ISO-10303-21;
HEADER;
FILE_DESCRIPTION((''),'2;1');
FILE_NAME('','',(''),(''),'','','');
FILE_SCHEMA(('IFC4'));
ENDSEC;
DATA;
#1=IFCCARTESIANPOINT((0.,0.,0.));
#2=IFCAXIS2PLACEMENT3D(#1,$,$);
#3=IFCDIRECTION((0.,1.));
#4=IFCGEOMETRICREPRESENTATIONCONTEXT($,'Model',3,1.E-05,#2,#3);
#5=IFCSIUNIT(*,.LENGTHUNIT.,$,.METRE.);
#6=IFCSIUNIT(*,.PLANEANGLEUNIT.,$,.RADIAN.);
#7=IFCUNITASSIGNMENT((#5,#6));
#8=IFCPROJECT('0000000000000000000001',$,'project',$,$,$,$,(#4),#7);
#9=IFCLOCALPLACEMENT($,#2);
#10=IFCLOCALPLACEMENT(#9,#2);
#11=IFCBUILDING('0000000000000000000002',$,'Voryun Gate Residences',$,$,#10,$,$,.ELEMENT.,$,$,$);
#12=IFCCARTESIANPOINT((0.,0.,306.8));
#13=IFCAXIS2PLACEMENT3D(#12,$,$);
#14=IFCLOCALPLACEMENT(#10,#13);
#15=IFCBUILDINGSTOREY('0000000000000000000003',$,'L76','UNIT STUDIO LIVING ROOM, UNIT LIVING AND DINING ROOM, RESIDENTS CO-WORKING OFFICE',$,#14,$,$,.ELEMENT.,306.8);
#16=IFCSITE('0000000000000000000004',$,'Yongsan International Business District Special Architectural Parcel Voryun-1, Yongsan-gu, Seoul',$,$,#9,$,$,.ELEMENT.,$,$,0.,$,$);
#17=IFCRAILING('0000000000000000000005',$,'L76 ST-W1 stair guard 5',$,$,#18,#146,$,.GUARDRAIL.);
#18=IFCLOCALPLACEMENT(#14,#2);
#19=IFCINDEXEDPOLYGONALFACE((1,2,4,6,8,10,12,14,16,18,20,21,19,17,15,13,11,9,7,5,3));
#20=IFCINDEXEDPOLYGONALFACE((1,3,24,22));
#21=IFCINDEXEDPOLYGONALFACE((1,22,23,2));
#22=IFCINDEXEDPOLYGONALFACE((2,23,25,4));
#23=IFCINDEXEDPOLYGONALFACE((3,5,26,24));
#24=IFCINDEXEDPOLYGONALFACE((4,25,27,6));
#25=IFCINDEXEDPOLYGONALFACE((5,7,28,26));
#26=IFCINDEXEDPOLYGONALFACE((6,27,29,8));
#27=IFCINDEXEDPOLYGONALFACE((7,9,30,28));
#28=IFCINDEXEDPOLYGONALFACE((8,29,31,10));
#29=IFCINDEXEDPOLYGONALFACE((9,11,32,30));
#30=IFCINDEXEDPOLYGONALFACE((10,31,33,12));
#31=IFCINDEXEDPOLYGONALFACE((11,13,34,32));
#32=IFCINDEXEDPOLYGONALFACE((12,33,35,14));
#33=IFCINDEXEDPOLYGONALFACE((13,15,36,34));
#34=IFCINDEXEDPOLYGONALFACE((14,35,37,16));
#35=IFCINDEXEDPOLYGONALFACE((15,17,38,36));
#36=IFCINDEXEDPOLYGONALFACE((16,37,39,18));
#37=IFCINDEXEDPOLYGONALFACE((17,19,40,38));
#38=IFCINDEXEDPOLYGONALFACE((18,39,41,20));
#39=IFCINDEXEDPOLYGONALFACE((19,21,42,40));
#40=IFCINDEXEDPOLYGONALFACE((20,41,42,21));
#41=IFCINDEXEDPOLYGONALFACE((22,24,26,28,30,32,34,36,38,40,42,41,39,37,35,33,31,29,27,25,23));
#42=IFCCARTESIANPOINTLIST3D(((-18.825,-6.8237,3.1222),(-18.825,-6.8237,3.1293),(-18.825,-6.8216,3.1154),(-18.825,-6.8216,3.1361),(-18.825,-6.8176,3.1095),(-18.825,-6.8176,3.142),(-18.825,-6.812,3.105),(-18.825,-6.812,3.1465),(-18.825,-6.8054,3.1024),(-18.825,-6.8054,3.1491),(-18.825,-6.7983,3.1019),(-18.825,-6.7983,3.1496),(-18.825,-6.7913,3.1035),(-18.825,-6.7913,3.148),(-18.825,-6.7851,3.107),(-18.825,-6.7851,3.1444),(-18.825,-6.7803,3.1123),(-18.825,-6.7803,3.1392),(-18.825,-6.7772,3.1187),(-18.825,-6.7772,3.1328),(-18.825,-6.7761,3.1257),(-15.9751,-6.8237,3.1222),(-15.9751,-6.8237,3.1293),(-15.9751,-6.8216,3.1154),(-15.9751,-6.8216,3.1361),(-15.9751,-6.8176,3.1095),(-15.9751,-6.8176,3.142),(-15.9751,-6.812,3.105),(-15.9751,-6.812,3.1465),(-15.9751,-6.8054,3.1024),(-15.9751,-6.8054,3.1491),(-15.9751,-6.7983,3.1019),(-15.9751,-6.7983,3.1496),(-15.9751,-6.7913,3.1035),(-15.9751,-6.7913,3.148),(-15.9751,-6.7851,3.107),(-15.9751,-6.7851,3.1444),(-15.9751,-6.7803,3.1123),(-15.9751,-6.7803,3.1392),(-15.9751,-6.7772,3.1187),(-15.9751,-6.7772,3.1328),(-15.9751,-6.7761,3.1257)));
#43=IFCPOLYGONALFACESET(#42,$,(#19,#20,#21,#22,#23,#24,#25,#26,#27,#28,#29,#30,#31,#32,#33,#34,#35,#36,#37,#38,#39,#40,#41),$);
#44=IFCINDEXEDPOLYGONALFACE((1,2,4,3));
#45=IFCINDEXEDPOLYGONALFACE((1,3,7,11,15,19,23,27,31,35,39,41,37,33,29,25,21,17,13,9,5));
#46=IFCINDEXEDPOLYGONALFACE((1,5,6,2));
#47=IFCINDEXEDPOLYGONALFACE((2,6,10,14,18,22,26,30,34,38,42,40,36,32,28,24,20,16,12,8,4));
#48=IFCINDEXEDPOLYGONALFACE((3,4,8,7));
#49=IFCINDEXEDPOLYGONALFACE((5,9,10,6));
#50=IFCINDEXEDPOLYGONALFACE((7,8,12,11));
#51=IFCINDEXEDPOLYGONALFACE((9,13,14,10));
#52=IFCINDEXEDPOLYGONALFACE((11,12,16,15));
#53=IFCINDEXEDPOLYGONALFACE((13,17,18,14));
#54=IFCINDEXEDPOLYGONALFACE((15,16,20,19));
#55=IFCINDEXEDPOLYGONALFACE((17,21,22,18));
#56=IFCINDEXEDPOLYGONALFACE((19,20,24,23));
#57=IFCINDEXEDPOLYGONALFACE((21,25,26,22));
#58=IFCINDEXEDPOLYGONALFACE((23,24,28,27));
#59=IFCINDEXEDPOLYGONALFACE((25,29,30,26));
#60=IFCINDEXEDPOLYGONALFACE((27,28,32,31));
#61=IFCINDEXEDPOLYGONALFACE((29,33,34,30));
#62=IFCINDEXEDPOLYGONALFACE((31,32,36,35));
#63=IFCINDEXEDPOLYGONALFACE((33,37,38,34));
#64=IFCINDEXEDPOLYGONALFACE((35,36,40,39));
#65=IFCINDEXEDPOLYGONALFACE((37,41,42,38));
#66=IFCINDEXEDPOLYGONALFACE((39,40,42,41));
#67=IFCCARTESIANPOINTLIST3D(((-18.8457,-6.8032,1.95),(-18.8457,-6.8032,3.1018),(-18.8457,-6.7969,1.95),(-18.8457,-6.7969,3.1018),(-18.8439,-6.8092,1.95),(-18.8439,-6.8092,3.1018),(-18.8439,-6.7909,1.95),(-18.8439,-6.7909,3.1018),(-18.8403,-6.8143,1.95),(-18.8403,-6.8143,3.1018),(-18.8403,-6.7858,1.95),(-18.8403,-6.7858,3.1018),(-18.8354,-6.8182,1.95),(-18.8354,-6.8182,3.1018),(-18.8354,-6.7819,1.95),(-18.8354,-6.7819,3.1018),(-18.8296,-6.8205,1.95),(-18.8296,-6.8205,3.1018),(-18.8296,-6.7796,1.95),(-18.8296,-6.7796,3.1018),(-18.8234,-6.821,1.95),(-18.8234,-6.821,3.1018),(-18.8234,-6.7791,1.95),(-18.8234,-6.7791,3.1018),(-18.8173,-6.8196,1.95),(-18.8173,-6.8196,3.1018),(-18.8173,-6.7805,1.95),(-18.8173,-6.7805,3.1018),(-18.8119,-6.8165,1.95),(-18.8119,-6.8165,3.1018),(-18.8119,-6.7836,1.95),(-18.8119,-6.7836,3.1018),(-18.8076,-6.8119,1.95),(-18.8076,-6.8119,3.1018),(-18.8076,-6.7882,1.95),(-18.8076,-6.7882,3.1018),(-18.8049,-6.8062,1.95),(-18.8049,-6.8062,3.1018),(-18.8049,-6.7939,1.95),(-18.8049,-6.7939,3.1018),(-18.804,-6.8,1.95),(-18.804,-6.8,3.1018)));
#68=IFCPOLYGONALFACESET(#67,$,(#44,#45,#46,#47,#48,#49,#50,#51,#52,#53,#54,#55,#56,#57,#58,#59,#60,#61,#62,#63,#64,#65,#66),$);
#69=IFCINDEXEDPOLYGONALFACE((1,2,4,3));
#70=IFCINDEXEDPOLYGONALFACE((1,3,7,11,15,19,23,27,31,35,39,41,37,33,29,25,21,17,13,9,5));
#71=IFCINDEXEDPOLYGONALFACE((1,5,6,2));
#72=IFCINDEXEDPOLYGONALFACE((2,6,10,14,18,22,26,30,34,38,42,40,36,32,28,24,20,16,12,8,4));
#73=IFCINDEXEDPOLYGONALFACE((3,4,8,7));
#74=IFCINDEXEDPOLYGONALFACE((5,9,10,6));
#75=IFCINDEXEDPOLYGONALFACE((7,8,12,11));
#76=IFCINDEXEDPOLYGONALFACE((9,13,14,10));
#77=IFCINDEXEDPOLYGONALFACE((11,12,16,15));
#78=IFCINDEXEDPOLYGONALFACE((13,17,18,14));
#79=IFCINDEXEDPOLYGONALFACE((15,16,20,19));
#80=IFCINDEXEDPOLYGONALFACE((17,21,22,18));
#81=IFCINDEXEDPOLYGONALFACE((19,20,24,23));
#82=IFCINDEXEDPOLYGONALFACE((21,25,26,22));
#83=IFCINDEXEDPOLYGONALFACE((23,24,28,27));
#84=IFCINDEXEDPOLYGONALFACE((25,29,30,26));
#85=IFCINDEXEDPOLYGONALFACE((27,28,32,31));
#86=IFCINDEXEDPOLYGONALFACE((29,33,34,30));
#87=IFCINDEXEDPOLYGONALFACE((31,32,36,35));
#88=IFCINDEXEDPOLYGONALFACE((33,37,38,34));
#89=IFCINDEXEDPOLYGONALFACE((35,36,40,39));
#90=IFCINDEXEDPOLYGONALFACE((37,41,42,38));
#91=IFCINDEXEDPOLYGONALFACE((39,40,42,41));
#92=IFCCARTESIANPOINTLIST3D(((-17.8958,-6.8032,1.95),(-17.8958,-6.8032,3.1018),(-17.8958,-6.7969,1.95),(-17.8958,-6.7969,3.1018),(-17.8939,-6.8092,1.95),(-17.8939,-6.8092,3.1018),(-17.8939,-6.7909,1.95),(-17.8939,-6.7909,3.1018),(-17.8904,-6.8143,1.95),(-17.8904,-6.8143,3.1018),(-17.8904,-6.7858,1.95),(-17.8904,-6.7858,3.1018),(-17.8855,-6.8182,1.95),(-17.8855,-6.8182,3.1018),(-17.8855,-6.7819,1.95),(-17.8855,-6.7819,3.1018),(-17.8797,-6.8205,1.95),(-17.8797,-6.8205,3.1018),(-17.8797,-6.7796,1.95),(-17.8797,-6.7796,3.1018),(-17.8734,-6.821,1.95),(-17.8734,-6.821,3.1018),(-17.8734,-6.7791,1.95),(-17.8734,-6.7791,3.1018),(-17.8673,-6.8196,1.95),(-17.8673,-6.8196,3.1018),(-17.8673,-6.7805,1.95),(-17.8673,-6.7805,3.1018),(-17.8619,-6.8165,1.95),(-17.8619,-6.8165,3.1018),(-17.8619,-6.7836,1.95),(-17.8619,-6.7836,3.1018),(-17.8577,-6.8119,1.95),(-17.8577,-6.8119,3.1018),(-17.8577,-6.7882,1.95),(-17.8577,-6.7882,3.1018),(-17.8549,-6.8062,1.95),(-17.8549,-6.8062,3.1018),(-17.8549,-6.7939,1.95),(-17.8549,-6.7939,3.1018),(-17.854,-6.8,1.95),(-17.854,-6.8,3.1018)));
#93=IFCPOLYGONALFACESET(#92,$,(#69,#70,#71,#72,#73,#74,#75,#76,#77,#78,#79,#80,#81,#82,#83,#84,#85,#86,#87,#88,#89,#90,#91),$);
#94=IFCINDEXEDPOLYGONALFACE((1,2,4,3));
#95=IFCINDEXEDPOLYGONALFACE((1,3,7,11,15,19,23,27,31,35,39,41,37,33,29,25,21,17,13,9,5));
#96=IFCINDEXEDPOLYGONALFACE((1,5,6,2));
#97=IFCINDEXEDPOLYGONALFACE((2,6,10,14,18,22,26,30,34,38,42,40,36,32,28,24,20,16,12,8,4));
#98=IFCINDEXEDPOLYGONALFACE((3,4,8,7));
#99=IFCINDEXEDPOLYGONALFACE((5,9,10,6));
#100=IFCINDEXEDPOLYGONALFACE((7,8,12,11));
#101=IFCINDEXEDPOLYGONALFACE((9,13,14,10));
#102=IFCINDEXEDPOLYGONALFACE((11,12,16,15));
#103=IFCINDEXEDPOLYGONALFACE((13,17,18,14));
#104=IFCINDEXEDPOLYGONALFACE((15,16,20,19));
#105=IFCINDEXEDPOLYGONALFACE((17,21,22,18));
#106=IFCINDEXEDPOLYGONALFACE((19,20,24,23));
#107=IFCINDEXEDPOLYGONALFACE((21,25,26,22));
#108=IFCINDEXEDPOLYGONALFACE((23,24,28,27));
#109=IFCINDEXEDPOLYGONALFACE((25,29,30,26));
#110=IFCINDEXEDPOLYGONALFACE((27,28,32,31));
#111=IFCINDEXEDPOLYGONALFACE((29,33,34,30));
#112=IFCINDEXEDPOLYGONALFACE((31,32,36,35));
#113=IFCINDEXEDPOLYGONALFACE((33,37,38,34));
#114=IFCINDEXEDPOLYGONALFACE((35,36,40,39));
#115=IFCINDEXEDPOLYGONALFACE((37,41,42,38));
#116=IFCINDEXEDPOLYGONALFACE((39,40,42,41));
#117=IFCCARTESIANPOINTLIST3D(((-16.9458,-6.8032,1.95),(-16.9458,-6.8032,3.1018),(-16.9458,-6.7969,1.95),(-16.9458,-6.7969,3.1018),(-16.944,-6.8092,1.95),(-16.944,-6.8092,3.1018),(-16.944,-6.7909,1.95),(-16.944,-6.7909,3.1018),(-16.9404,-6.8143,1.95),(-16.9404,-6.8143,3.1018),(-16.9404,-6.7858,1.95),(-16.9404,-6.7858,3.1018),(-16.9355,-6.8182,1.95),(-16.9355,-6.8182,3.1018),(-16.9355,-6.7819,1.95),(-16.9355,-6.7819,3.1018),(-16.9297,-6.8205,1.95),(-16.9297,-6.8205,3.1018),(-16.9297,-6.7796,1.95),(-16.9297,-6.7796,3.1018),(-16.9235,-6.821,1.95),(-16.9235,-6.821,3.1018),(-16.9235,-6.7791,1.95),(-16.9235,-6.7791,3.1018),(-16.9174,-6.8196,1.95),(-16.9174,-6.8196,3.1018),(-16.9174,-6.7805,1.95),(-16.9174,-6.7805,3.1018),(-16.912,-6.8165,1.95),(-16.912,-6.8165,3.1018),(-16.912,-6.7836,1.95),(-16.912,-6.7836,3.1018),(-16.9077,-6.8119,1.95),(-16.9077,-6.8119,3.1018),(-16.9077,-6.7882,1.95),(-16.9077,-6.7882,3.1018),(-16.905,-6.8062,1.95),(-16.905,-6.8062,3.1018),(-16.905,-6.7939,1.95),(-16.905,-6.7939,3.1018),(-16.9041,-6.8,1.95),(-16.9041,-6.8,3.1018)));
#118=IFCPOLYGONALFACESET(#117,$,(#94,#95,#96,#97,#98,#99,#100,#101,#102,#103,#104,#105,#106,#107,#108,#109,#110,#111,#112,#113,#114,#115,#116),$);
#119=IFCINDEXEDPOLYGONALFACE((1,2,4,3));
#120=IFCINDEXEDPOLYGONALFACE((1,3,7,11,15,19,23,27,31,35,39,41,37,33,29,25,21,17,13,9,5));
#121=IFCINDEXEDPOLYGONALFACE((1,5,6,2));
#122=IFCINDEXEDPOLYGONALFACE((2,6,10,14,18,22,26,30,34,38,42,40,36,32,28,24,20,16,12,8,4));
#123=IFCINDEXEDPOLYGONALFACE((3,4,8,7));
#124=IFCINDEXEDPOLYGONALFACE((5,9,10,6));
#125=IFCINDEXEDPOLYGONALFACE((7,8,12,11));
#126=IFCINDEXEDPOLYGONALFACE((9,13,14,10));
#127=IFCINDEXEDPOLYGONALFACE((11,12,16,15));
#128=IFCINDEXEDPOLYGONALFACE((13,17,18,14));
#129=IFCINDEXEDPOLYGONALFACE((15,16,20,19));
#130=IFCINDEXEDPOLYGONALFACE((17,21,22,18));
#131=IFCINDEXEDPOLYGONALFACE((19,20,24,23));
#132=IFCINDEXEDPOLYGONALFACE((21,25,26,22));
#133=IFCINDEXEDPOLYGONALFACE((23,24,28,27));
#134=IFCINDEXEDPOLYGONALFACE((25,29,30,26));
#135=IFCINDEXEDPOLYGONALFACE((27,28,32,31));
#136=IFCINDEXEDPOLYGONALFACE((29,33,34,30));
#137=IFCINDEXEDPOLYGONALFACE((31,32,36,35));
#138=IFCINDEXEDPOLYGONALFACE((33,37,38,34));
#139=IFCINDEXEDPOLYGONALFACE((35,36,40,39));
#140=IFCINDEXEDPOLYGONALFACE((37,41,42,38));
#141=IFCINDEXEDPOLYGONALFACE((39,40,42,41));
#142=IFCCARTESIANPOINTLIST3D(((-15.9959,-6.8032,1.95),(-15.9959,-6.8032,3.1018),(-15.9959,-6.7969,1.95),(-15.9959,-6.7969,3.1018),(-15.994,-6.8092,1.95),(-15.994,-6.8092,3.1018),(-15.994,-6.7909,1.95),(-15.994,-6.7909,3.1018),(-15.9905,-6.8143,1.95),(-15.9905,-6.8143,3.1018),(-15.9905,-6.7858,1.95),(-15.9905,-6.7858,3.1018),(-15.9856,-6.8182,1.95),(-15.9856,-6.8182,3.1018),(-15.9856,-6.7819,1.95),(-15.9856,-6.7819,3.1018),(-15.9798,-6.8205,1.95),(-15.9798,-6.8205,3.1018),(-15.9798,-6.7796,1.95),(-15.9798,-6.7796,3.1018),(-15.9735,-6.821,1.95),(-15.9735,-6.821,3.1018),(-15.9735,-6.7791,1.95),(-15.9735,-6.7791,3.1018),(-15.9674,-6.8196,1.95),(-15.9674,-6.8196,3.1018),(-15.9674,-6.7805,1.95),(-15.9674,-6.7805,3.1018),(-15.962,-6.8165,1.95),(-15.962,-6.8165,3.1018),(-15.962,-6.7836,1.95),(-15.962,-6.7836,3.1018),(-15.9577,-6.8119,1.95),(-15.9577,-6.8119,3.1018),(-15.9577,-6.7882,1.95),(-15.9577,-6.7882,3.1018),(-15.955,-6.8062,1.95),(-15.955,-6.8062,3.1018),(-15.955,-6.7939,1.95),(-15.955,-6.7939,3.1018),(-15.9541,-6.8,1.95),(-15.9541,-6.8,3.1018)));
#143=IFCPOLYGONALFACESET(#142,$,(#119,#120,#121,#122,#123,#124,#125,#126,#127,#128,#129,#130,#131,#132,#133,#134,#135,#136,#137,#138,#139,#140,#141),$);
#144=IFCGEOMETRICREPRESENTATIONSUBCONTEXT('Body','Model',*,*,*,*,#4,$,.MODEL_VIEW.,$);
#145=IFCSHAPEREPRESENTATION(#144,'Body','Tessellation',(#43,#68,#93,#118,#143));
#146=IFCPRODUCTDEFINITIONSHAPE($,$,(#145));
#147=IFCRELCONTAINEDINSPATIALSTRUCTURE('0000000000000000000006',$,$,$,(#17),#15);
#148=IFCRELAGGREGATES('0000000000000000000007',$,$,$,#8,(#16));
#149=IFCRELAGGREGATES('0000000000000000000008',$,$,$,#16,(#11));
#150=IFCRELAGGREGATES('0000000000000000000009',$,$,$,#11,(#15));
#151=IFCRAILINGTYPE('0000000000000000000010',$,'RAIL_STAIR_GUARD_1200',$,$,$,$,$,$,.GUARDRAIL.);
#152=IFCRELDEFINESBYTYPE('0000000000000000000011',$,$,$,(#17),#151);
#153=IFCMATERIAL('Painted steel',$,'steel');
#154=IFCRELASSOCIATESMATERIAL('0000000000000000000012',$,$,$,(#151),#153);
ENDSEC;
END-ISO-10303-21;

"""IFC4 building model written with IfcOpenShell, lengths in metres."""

from ifc_helpers import new_model, si_unit, direction, frame, origin, origin_2d, place, context, subcontext, project, spatial, circle, extrude, material, type_object, element, save


model = new_model("IFC4")

# Units and contexts
model_context = context("Model", 3, precision=1e-05, world=origin(), true_north=direction((0.0, 1.0)))
body_context = subcontext(model_context, "Body", "Model", "MODEL_VIEW")
ifc_project = project(units=[si_unit("LENGTHUNIT", "METRE"), si_unit("PLANEANGLEUNIT", "RADIAN")], contexts=[model_context])

# Site, building, storey
site_placement = place(None, origin())
site = spatial("IfcSite", under=ifc_project, at=site_placement, Name="Yongsan International Business District Special Architectural Parcel Voryun-1, Yongsan-gu, Seoul", CompositionType="ELEMENT", RefElevation=0.0)
building_placement = place(site_placement, origin())
building = spatial("IfcBuilding", under=site, at=building_placement, Name="Voryun Gate Residences", CompositionType="ELEMENT")
storey_placement = place(building_placement, frame((0.0, 0.0, 306.8)))
storey = spatial("IfcBuildingStorey", under=building, at=storey_placement, Name="L76", Description="UNIT STUDIO LIVING ROOM, UNIT LIVING AND DINING ROOM, RESIDENTS CO-WORKING OFFICE", CompositionType="ELEMENT", Elevation=306.8)

# Railing
ifc_material_1 = material(Name="Painted steel", Category="steel")
railing_type = type_object("IfcRailingType", Name="RAIL_STAIR_GUARD_1200", PredefinedType="GUARDRAIL", material=ifc_material_1)
railing_1_placement = place(storey_placement, frame((-18.825, -6.8, 1.95)))
element("IfcRailing", 1, at=railing_1_placement, inside=storey, type_object=railing_type, Name="L76 ST-W1 stair guard 5", PredefinedType="GUARDRAIL", context=body_context, shape_type="SweptSolid", body=[
    extrude(circle(Radius=0.0239, at=origin_2d()), frame((0.0, 0.0, 1.1758), z_axis=(1.0, 0.0, 0.0), x_axis=(0.0, 1.0, 0.0)), (0.0, 0.0, 1.0), 2.8499),
    extrude(circle(Radius=0.021, at=origin_2d()), origin(), (0.0, 0.0, 1.0), 1.1519),
    extrude(circle(Radius=0.021, at=origin_2d()), frame((0.95, 0.0, 0.0)), (0.0, 0.0, 1.0), 1.1519),
    extrude(circle(Radius=0.021, at=origin_2d()), frame((1.8999, 0.0, 0.0)), (0.0, 0.0, 1.0), 1.1519),
    extrude(circle(Radius=0.021, at=origin_2d()), frame((2.8499, 0.0, 0.0)), (0.0, 0.0, 1.0), 1.1519),
])

save(model, "model.ifc")
